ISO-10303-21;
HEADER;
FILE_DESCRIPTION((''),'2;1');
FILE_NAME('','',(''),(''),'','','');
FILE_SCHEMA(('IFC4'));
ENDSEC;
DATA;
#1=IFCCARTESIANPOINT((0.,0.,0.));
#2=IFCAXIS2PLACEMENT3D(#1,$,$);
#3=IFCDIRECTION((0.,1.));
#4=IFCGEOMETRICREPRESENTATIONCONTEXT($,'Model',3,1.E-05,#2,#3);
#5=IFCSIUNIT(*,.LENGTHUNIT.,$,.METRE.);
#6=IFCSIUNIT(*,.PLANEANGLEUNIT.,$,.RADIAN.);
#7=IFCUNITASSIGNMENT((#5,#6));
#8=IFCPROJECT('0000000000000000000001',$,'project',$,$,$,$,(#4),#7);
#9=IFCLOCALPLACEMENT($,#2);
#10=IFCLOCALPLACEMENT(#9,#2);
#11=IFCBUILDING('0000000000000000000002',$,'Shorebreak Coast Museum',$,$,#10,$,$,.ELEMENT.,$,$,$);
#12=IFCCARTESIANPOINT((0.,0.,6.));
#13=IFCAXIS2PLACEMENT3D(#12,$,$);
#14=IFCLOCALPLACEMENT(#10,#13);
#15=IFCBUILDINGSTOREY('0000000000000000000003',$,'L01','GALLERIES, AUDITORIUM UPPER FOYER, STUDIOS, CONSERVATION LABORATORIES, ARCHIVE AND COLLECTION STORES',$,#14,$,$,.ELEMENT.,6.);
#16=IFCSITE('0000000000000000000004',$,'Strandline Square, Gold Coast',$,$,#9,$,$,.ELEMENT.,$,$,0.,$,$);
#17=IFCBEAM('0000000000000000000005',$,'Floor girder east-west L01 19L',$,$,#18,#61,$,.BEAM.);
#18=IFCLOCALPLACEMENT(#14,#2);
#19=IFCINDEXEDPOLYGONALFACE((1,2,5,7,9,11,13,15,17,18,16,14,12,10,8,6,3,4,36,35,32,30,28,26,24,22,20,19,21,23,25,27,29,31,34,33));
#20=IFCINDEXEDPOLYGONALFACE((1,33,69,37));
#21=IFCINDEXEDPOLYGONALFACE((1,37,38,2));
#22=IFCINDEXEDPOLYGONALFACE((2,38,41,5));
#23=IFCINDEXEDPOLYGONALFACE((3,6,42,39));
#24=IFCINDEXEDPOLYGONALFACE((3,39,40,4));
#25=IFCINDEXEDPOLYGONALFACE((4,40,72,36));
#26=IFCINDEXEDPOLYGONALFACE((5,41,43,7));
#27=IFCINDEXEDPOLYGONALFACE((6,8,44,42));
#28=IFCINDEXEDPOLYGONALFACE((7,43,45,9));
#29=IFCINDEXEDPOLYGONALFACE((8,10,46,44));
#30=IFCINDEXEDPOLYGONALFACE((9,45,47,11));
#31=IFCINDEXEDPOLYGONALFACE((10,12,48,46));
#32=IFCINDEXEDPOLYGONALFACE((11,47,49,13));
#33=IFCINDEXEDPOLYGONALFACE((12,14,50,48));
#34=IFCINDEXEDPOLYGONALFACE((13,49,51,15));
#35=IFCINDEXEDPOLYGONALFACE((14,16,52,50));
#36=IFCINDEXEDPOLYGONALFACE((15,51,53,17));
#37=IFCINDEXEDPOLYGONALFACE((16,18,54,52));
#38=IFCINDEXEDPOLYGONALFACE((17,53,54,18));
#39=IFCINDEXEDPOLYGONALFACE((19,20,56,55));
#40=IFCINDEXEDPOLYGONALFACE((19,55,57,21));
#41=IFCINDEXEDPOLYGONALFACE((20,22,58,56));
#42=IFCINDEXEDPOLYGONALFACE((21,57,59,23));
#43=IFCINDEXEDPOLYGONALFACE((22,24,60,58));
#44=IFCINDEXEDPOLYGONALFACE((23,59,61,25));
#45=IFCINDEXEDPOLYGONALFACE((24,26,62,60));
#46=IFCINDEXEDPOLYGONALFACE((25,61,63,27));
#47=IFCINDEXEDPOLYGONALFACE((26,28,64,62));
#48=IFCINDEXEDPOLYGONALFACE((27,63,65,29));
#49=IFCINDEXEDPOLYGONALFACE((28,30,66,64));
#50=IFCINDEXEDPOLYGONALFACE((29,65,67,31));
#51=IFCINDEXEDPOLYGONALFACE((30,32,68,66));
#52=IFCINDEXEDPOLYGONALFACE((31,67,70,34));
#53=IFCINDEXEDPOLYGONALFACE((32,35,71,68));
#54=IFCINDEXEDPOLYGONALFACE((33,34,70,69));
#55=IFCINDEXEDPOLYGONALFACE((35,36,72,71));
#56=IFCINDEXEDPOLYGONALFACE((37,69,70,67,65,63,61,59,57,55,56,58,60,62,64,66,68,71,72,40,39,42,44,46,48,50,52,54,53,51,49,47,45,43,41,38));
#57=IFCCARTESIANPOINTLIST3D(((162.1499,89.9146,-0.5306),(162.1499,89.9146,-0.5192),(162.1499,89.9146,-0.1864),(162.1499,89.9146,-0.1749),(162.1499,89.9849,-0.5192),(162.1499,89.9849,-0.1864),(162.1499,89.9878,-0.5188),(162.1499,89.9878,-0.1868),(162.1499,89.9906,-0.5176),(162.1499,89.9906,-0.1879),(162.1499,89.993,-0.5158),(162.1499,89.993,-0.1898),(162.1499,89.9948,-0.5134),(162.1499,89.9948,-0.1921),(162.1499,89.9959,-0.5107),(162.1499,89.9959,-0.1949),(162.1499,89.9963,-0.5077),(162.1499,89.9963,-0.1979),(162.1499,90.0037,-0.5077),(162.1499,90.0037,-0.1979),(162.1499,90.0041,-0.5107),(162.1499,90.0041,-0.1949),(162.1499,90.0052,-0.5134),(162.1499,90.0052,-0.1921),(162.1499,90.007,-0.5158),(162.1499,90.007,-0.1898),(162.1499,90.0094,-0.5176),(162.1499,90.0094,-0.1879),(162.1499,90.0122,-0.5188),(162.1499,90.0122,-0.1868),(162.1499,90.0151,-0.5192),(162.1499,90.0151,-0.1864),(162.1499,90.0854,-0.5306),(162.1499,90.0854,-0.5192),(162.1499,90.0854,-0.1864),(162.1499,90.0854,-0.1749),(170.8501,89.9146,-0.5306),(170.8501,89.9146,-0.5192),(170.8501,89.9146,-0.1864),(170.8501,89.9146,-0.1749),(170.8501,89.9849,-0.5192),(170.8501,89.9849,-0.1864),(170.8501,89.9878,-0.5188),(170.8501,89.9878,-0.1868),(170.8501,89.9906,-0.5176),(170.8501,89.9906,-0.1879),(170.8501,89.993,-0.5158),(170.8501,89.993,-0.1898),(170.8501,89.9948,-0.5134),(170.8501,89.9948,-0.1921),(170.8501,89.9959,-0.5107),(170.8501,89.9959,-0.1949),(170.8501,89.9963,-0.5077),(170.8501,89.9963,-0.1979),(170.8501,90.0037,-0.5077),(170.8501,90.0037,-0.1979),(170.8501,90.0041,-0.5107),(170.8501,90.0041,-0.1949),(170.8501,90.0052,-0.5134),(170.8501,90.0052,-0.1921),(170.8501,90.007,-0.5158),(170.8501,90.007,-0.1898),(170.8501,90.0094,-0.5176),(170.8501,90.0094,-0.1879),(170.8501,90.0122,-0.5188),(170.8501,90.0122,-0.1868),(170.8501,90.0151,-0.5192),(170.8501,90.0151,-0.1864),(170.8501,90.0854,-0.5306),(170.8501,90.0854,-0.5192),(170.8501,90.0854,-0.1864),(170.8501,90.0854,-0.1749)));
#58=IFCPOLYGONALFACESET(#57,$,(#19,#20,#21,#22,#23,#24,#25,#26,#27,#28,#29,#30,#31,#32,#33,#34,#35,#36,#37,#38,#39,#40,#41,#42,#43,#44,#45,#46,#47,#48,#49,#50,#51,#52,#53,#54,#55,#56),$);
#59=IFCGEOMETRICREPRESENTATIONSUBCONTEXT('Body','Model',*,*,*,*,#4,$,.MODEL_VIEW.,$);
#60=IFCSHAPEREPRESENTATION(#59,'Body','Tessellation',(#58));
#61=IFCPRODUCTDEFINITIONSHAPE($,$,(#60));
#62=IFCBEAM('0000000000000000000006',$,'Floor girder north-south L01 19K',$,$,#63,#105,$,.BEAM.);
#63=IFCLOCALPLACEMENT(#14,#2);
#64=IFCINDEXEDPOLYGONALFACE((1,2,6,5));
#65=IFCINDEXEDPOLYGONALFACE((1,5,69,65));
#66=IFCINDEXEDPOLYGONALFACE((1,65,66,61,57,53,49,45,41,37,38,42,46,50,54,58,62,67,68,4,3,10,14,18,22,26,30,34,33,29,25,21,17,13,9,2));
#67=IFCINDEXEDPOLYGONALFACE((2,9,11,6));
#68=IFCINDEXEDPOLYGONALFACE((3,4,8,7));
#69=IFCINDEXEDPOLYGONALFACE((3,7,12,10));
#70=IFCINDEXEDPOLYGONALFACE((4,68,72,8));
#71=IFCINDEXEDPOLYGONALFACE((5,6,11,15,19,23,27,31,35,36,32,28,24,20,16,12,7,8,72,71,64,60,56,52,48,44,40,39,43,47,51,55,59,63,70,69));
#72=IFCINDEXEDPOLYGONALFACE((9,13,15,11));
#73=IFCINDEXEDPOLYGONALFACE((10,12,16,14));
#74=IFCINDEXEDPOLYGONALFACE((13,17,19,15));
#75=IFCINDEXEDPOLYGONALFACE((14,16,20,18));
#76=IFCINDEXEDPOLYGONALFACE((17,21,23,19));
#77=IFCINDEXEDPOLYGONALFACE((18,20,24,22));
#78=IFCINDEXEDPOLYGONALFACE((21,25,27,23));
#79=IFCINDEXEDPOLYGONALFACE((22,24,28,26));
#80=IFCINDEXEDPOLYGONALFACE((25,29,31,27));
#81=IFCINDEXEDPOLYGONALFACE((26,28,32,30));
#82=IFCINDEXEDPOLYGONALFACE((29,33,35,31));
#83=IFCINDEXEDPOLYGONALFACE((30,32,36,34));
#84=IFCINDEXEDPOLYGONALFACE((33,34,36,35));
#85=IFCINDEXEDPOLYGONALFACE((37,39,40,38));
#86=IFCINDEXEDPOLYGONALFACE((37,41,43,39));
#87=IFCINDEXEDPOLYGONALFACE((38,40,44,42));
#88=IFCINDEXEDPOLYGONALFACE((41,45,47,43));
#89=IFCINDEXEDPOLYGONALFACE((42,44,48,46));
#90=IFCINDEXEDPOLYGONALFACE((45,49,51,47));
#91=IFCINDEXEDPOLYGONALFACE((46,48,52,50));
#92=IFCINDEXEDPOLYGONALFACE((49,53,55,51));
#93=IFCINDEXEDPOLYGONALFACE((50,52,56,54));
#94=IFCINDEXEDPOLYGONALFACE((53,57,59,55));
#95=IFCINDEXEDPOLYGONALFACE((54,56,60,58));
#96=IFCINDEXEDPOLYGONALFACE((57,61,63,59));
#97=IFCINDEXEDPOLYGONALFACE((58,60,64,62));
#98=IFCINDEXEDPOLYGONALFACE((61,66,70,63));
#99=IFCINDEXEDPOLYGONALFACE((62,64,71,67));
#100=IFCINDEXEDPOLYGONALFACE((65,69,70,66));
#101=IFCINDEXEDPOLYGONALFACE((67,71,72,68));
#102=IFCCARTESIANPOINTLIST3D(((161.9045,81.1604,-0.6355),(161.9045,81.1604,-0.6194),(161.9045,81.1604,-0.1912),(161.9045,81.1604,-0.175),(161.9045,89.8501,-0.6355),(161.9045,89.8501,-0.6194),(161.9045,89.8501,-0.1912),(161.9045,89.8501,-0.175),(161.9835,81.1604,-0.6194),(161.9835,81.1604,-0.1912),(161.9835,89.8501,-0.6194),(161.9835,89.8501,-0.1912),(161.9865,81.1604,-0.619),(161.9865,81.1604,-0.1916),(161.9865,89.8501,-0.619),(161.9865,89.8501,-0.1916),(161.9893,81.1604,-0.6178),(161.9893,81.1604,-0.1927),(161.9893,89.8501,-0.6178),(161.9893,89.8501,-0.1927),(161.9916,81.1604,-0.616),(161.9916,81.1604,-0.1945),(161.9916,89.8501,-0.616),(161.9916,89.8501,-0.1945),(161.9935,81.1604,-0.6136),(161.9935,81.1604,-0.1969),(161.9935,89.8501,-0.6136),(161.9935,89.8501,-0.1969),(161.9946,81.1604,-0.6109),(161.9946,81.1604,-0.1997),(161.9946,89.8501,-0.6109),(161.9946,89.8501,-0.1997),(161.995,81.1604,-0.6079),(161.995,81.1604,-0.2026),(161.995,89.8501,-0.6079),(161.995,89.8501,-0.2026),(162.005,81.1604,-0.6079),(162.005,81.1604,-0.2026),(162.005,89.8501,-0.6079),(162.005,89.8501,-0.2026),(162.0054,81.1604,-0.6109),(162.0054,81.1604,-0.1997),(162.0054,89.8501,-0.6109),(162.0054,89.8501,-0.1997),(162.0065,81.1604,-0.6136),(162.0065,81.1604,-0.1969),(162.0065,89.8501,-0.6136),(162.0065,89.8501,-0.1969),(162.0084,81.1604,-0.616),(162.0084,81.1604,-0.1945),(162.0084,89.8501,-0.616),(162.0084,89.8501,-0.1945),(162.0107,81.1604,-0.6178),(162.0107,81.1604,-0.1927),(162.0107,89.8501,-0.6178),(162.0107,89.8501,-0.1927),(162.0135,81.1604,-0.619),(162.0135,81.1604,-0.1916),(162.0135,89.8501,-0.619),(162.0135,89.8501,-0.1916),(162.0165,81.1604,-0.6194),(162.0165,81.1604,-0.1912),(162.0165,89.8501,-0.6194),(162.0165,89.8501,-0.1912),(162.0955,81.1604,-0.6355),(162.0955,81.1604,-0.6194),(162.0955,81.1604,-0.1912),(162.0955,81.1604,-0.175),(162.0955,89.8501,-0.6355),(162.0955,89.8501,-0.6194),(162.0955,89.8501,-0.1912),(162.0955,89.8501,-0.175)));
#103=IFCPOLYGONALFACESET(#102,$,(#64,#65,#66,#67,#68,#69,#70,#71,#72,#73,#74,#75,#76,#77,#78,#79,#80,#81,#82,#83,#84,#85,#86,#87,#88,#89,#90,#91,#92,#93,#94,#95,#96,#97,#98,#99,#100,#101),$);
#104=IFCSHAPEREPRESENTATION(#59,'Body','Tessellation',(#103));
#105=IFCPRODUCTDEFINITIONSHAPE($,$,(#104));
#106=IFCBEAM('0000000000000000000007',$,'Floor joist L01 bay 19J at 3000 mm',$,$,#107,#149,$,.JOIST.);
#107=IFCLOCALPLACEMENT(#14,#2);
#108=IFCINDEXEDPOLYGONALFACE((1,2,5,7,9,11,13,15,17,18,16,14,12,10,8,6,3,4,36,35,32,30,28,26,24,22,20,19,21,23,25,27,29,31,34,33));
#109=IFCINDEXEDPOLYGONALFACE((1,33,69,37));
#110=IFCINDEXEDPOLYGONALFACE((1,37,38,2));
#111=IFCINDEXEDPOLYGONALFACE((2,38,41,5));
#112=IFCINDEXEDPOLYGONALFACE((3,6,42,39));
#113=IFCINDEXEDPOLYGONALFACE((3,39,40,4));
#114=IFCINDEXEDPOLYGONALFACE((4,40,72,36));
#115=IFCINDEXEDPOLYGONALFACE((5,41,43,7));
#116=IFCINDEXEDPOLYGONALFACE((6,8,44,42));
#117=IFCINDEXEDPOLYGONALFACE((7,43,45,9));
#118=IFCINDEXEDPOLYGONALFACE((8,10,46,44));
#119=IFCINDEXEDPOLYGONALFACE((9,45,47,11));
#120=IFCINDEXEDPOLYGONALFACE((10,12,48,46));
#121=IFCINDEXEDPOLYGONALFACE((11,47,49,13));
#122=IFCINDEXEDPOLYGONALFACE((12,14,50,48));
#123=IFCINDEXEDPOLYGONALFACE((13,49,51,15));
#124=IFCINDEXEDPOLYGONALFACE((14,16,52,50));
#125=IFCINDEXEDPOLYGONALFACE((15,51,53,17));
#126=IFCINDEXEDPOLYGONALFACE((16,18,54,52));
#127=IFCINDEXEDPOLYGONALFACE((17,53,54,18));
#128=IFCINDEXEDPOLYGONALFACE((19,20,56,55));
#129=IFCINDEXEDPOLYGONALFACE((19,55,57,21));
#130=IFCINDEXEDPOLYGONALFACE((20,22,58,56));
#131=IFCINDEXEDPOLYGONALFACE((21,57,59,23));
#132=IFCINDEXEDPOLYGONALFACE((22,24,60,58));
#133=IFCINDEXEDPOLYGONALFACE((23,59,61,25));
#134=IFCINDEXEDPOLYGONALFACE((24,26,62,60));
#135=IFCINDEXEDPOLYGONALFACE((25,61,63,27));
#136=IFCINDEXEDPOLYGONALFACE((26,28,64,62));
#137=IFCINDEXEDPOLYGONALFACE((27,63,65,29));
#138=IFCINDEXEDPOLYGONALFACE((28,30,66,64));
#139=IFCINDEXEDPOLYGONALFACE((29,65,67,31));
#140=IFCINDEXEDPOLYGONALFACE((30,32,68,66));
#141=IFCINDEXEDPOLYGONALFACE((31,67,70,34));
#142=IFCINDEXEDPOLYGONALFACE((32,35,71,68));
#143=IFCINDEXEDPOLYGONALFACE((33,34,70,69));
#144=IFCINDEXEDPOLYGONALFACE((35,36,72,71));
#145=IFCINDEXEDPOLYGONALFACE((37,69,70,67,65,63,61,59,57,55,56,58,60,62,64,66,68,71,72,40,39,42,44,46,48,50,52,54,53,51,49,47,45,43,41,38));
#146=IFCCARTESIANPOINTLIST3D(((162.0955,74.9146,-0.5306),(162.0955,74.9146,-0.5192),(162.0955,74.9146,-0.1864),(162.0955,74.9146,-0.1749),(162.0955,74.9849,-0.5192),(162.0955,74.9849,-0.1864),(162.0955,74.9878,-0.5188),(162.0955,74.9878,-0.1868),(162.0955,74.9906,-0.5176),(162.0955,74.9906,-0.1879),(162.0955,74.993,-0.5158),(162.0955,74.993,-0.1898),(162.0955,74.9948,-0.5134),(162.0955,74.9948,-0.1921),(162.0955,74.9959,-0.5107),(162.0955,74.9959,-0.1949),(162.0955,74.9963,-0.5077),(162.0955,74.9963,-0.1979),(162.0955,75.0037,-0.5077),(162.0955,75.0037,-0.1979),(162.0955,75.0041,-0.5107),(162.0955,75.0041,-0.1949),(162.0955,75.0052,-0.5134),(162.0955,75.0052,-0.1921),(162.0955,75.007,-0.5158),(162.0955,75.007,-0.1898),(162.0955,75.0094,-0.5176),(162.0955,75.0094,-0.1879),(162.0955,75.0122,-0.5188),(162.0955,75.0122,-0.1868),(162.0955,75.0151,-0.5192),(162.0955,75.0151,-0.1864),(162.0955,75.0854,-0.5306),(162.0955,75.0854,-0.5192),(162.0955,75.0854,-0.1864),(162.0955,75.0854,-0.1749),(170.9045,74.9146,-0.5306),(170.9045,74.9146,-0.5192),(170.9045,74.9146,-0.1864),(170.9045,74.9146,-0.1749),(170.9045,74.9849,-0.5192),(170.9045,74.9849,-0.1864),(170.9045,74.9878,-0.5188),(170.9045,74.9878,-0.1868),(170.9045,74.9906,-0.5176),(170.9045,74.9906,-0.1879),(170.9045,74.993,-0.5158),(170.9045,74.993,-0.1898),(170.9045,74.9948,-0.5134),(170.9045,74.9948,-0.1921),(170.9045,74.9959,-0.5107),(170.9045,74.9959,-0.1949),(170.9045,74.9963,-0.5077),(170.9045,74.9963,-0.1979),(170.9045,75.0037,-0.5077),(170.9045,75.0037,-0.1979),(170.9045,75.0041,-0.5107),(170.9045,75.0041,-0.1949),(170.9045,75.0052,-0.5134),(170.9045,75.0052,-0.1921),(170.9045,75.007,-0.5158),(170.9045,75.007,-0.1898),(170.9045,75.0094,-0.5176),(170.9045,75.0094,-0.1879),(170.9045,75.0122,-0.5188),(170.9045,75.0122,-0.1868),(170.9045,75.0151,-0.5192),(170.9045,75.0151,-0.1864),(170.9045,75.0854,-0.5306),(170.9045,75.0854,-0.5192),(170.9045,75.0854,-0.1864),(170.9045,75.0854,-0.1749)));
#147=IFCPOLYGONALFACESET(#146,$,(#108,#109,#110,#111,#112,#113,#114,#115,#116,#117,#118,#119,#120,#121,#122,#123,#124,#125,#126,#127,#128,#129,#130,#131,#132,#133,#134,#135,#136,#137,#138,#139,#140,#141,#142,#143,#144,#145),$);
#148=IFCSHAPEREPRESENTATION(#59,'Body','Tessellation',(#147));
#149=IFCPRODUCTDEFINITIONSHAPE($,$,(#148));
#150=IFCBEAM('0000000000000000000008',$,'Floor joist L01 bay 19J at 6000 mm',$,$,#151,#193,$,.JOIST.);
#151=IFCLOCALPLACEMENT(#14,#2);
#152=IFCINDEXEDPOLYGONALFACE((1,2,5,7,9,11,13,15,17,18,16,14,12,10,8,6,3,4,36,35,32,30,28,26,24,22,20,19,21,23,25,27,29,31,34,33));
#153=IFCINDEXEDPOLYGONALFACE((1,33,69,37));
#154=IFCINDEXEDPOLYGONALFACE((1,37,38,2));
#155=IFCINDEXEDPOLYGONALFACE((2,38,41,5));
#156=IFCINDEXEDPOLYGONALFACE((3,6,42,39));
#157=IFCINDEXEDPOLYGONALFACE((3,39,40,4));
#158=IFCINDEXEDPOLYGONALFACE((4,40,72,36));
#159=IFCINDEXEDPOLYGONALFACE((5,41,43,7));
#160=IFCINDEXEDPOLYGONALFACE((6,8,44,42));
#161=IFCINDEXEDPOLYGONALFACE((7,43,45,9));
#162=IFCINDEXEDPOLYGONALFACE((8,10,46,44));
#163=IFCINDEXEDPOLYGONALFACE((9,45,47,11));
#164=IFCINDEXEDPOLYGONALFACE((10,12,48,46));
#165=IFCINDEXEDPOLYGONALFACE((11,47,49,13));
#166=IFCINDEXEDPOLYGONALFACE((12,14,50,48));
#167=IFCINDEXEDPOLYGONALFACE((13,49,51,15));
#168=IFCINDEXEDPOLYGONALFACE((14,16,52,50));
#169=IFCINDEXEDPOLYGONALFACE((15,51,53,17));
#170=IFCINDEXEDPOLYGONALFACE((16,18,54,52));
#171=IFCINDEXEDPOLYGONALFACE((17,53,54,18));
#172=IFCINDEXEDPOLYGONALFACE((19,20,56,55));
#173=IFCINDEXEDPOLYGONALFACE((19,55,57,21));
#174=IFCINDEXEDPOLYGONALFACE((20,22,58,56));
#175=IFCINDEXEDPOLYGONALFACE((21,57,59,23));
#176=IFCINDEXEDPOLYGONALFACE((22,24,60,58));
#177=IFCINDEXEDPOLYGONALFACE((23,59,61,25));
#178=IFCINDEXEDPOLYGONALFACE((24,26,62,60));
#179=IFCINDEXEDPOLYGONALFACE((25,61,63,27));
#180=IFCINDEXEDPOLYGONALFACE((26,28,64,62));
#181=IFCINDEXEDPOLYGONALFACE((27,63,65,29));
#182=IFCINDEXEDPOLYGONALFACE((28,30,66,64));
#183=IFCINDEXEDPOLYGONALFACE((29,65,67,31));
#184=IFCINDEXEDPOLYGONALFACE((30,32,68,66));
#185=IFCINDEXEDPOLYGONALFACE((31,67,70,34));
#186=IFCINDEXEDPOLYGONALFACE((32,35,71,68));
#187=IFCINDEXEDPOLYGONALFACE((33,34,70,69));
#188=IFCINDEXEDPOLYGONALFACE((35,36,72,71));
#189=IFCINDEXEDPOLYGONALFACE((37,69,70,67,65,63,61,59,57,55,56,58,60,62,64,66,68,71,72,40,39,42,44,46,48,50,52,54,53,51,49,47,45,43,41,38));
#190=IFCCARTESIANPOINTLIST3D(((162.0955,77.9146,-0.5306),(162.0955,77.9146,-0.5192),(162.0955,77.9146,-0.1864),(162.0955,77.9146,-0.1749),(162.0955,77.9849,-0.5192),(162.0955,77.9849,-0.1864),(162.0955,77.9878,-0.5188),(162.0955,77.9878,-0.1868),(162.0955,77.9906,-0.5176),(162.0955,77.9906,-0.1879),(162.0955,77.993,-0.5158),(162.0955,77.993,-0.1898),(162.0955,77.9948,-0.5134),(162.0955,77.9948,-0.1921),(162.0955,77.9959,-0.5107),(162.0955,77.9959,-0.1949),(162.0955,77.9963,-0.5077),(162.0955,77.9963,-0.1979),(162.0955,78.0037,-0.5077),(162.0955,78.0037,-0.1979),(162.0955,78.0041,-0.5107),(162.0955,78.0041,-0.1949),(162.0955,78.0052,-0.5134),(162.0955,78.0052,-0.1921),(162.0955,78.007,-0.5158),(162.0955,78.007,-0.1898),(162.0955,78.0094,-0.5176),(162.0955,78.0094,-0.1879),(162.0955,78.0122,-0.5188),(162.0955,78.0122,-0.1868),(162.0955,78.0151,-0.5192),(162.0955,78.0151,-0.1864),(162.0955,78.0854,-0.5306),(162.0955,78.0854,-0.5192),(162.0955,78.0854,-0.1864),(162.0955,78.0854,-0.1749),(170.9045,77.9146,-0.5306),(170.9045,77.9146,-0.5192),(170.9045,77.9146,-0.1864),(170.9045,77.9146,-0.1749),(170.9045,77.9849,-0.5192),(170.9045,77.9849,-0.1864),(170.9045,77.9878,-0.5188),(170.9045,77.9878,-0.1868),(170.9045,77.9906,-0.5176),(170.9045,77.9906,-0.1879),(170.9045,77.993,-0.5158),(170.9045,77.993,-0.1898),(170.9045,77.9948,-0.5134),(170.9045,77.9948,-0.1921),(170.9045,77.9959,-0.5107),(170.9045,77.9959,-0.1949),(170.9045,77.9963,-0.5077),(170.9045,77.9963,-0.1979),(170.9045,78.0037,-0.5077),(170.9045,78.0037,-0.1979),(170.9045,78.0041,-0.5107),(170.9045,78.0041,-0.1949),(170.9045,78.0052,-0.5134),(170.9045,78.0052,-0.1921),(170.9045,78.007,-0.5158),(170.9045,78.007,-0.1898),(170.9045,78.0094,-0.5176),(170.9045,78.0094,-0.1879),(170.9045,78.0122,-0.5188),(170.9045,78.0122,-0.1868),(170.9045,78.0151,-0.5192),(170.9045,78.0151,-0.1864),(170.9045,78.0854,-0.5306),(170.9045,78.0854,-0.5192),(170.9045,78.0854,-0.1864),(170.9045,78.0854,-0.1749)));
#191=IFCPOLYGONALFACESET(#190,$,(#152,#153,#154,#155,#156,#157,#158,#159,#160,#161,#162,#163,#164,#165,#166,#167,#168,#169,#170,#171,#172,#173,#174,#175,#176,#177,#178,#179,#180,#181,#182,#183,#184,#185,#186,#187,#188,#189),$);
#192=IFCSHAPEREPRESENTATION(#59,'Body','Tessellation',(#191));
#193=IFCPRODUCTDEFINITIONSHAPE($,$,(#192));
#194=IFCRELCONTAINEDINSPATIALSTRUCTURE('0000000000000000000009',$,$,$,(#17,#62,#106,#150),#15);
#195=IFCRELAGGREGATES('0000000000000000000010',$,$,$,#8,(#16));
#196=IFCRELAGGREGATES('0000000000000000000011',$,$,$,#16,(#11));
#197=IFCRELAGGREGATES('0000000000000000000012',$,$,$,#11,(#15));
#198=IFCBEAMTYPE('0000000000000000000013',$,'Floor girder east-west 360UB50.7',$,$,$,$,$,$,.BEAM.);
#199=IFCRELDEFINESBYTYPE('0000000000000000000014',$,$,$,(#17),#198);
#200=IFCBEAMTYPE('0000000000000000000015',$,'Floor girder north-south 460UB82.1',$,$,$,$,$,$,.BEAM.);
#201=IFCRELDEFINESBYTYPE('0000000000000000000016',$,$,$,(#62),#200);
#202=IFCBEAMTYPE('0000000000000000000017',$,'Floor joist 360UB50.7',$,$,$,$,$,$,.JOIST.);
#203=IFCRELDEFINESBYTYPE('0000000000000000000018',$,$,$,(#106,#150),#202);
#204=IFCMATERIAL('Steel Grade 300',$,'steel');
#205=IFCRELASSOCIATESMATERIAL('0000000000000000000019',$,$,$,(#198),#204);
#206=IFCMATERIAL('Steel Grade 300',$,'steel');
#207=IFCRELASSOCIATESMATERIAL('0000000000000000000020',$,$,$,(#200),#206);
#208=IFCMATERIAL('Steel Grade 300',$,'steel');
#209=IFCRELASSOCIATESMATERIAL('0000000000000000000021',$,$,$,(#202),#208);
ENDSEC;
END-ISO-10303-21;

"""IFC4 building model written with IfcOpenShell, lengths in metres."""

from ifc_helpers import new_model, si_unit, direction, frame, origin, origin_2d, place, context, subcontext, project, spatial, i_section, extrude, material, material_profile, profile_set, type_object, element, save


model = new_model("IFC4")

# Units and contexts
model_context = context("Model", 3, precision=1e-05, world=origin(), true_north=direction((0.0, 1.0)))
body_context = subcontext(model_context, "Body", "Model", "MODEL_VIEW")
ifc_project = project(units=[si_unit("LENGTHUNIT", "METRE"), si_unit("PLANEANGLEUNIT", "RADIAN")], contexts=[model_context])

# Site, building, storey
site_placement = place(None, origin())
site = spatial("IfcSite", under=ifc_project, at=site_placement, Name="Strandline Square, Gold Coast", CompositionType="ELEMENT", RefElevation=0.0)
building_placement = place(site_placement, origin())
building = spatial("IfcBuilding", under=site, at=building_placement, Name="Shorebreak Coast Museum", CompositionType="ELEMENT")
storey_placement = place(building_placement, frame((0.0, 0.0, 6.0)))
storey = spatial("IfcBuildingStorey", under=building, at=storey_placement, Name="L01", Description="GALLERIES, AUDITORIUM UPPER FOYER, STUDIOS, CONSERVATION LABORATORIES, ARCHIVE AND COLLECTION STORES", CompositionType="ELEMENT", Elevation=6.0)

# Beams
ifc_material_1 = material(Name="Steel Grade 300", Category="steel")
ifc_material_profile_1 = material_profile(ifc_material_1, i_section(OverallWidth=0.1709, OverallDepth=0.3557, WebThickness=0.0073, FlangeThickness=0.0115, FilletRadius=0.0115, at=origin_2d()), Name="360UB50.7")
ifc_profile_set_1 = profile_set([ifc_material_profile_1], Name="Steel Grade 300")
beam_type_1 = type_object("IfcBeamType", Name="Floor girder east-west 360UB50.7", PredefinedType="BEAM", material=ifc_profile_set_1)
beam_1_placement = place(storey_placement, frame((162.1499, 90.0, -0.3528), z_axis=(1.0, 0.0, 0.0), x_axis=(0.0, 1.0, 0.0)))
element("IfcBeam", 1, at=beam_1_placement, inside=storey, type_object=beam_type_1, Name="Floor girder east-west L01 19L", PredefinedType="BEAM", context=body_context, shape_type="SweptSolid", body=[
    extrude(i_section(OverallWidth=0.1709, OverallDepth=0.3557, WebThickness=0.0073, FlangeThickness=0.0115, FilletRadius=0.0115, at=origin_2d()), origin(), (0.0, 0.0, 1.0), 8.7002),
])
ifc_material_2 = material(Name="Steel Grade 300", Category="steel")
ifc_material_profile_2 = material_profile(ifc_material_2, i_section(OverallWidth=0.1909, OverallDepth=0.4604, WebThickness=0.01, FlangeThickness=0.0161, FilletRadius=0.0115, at=origin_2d()), Name="460UB82.1")
ifc_profile_set_2 = profile_set([ifc_material_profile_2], Name="Steel Grade 300")
beam_type_2 = type_object("IfcBeamType", Name="Floor girder north-south 460UB82.1", PredefinedType="BEAM", material=ifc_profile_set_2)
beam_2_placement = place(storey_placement, frame((162.0, 81.1604, -0.4053), z_axis=(0.0, 1.0, 0.0), x_axis=(-1.0, 0.0, 0.0)))
element("IfcBeam", 2, at=beam_2_placement, inside=storey, type_object=beam_type_2, Name="Floor girder north-south L01 19K", PredefinedType="BEAM", context=body_context, shape_type="SweptSolid", body=[
    extrude(i_section(OverallWidth=0.1909, OverallDepth=0.4604, WebThickness=0.01, FlangeThickness=0.0161, FilletRadius=0.0115, at=origin_2d()), origin(), (0.0, 0.0, 1.0), 8.6897),
])
ifc_material_3 = material(Name="Steel Grade 300", Category="steel")
ifc_material_profile_3 = material_profile(ifc_material_3, i_section(OverallWidth=0.1709, OverallDepth=0.3557, WebThickness=0.0073, FlangeThickness=0.0115, FilletRadius=0.0115, at=origin_2d()), Name="360UB50.7")
ifc_profile_set_3 = profile_set([ifc_material_profile_3], Name="Steel Grade 300")
beam_type_3 = type_object("IfcBeamType", Name="Floor joist 360UB50.7", PredefinedType="JOIST", material=ifc_profile_set_3)
for number, where, z_axis, x_axis, name in (
    (3, (162.0955, 75.0, -0.3528), (1.0, 0.0, 0.0), (0.0, 1.0, 0.0), "Floor joist L01 bay 19J at 3000 mm"),
    (4, (162.0955, 78.0, -0.3528), (1.0, 0.0, 0.0), (0.0, 1.0, 0.0), "Floor joist L01 bay 19J at 6000 mm"),
):
    element("IfcBeam", number, at=place(storey_placement, frame(where, z_axis=z_axis, x_axis=x_axis)), inside=storey, type_object=beam_type_3, Name=name, PredefinedType="JOIST", context=body_context, shape_type="SweptSolid", body=[
        extrude(i_section(OverallWidth=0.1709, OverallDepth=0.3557, WebThickness=0.0073, FlangeThickness=0.0115, FilletRadius=0.0115, at=origin_2d()), origin(), (0.0, 0.0, 1.0), 8.8091),
    ])

save(model, "model.ifc")
